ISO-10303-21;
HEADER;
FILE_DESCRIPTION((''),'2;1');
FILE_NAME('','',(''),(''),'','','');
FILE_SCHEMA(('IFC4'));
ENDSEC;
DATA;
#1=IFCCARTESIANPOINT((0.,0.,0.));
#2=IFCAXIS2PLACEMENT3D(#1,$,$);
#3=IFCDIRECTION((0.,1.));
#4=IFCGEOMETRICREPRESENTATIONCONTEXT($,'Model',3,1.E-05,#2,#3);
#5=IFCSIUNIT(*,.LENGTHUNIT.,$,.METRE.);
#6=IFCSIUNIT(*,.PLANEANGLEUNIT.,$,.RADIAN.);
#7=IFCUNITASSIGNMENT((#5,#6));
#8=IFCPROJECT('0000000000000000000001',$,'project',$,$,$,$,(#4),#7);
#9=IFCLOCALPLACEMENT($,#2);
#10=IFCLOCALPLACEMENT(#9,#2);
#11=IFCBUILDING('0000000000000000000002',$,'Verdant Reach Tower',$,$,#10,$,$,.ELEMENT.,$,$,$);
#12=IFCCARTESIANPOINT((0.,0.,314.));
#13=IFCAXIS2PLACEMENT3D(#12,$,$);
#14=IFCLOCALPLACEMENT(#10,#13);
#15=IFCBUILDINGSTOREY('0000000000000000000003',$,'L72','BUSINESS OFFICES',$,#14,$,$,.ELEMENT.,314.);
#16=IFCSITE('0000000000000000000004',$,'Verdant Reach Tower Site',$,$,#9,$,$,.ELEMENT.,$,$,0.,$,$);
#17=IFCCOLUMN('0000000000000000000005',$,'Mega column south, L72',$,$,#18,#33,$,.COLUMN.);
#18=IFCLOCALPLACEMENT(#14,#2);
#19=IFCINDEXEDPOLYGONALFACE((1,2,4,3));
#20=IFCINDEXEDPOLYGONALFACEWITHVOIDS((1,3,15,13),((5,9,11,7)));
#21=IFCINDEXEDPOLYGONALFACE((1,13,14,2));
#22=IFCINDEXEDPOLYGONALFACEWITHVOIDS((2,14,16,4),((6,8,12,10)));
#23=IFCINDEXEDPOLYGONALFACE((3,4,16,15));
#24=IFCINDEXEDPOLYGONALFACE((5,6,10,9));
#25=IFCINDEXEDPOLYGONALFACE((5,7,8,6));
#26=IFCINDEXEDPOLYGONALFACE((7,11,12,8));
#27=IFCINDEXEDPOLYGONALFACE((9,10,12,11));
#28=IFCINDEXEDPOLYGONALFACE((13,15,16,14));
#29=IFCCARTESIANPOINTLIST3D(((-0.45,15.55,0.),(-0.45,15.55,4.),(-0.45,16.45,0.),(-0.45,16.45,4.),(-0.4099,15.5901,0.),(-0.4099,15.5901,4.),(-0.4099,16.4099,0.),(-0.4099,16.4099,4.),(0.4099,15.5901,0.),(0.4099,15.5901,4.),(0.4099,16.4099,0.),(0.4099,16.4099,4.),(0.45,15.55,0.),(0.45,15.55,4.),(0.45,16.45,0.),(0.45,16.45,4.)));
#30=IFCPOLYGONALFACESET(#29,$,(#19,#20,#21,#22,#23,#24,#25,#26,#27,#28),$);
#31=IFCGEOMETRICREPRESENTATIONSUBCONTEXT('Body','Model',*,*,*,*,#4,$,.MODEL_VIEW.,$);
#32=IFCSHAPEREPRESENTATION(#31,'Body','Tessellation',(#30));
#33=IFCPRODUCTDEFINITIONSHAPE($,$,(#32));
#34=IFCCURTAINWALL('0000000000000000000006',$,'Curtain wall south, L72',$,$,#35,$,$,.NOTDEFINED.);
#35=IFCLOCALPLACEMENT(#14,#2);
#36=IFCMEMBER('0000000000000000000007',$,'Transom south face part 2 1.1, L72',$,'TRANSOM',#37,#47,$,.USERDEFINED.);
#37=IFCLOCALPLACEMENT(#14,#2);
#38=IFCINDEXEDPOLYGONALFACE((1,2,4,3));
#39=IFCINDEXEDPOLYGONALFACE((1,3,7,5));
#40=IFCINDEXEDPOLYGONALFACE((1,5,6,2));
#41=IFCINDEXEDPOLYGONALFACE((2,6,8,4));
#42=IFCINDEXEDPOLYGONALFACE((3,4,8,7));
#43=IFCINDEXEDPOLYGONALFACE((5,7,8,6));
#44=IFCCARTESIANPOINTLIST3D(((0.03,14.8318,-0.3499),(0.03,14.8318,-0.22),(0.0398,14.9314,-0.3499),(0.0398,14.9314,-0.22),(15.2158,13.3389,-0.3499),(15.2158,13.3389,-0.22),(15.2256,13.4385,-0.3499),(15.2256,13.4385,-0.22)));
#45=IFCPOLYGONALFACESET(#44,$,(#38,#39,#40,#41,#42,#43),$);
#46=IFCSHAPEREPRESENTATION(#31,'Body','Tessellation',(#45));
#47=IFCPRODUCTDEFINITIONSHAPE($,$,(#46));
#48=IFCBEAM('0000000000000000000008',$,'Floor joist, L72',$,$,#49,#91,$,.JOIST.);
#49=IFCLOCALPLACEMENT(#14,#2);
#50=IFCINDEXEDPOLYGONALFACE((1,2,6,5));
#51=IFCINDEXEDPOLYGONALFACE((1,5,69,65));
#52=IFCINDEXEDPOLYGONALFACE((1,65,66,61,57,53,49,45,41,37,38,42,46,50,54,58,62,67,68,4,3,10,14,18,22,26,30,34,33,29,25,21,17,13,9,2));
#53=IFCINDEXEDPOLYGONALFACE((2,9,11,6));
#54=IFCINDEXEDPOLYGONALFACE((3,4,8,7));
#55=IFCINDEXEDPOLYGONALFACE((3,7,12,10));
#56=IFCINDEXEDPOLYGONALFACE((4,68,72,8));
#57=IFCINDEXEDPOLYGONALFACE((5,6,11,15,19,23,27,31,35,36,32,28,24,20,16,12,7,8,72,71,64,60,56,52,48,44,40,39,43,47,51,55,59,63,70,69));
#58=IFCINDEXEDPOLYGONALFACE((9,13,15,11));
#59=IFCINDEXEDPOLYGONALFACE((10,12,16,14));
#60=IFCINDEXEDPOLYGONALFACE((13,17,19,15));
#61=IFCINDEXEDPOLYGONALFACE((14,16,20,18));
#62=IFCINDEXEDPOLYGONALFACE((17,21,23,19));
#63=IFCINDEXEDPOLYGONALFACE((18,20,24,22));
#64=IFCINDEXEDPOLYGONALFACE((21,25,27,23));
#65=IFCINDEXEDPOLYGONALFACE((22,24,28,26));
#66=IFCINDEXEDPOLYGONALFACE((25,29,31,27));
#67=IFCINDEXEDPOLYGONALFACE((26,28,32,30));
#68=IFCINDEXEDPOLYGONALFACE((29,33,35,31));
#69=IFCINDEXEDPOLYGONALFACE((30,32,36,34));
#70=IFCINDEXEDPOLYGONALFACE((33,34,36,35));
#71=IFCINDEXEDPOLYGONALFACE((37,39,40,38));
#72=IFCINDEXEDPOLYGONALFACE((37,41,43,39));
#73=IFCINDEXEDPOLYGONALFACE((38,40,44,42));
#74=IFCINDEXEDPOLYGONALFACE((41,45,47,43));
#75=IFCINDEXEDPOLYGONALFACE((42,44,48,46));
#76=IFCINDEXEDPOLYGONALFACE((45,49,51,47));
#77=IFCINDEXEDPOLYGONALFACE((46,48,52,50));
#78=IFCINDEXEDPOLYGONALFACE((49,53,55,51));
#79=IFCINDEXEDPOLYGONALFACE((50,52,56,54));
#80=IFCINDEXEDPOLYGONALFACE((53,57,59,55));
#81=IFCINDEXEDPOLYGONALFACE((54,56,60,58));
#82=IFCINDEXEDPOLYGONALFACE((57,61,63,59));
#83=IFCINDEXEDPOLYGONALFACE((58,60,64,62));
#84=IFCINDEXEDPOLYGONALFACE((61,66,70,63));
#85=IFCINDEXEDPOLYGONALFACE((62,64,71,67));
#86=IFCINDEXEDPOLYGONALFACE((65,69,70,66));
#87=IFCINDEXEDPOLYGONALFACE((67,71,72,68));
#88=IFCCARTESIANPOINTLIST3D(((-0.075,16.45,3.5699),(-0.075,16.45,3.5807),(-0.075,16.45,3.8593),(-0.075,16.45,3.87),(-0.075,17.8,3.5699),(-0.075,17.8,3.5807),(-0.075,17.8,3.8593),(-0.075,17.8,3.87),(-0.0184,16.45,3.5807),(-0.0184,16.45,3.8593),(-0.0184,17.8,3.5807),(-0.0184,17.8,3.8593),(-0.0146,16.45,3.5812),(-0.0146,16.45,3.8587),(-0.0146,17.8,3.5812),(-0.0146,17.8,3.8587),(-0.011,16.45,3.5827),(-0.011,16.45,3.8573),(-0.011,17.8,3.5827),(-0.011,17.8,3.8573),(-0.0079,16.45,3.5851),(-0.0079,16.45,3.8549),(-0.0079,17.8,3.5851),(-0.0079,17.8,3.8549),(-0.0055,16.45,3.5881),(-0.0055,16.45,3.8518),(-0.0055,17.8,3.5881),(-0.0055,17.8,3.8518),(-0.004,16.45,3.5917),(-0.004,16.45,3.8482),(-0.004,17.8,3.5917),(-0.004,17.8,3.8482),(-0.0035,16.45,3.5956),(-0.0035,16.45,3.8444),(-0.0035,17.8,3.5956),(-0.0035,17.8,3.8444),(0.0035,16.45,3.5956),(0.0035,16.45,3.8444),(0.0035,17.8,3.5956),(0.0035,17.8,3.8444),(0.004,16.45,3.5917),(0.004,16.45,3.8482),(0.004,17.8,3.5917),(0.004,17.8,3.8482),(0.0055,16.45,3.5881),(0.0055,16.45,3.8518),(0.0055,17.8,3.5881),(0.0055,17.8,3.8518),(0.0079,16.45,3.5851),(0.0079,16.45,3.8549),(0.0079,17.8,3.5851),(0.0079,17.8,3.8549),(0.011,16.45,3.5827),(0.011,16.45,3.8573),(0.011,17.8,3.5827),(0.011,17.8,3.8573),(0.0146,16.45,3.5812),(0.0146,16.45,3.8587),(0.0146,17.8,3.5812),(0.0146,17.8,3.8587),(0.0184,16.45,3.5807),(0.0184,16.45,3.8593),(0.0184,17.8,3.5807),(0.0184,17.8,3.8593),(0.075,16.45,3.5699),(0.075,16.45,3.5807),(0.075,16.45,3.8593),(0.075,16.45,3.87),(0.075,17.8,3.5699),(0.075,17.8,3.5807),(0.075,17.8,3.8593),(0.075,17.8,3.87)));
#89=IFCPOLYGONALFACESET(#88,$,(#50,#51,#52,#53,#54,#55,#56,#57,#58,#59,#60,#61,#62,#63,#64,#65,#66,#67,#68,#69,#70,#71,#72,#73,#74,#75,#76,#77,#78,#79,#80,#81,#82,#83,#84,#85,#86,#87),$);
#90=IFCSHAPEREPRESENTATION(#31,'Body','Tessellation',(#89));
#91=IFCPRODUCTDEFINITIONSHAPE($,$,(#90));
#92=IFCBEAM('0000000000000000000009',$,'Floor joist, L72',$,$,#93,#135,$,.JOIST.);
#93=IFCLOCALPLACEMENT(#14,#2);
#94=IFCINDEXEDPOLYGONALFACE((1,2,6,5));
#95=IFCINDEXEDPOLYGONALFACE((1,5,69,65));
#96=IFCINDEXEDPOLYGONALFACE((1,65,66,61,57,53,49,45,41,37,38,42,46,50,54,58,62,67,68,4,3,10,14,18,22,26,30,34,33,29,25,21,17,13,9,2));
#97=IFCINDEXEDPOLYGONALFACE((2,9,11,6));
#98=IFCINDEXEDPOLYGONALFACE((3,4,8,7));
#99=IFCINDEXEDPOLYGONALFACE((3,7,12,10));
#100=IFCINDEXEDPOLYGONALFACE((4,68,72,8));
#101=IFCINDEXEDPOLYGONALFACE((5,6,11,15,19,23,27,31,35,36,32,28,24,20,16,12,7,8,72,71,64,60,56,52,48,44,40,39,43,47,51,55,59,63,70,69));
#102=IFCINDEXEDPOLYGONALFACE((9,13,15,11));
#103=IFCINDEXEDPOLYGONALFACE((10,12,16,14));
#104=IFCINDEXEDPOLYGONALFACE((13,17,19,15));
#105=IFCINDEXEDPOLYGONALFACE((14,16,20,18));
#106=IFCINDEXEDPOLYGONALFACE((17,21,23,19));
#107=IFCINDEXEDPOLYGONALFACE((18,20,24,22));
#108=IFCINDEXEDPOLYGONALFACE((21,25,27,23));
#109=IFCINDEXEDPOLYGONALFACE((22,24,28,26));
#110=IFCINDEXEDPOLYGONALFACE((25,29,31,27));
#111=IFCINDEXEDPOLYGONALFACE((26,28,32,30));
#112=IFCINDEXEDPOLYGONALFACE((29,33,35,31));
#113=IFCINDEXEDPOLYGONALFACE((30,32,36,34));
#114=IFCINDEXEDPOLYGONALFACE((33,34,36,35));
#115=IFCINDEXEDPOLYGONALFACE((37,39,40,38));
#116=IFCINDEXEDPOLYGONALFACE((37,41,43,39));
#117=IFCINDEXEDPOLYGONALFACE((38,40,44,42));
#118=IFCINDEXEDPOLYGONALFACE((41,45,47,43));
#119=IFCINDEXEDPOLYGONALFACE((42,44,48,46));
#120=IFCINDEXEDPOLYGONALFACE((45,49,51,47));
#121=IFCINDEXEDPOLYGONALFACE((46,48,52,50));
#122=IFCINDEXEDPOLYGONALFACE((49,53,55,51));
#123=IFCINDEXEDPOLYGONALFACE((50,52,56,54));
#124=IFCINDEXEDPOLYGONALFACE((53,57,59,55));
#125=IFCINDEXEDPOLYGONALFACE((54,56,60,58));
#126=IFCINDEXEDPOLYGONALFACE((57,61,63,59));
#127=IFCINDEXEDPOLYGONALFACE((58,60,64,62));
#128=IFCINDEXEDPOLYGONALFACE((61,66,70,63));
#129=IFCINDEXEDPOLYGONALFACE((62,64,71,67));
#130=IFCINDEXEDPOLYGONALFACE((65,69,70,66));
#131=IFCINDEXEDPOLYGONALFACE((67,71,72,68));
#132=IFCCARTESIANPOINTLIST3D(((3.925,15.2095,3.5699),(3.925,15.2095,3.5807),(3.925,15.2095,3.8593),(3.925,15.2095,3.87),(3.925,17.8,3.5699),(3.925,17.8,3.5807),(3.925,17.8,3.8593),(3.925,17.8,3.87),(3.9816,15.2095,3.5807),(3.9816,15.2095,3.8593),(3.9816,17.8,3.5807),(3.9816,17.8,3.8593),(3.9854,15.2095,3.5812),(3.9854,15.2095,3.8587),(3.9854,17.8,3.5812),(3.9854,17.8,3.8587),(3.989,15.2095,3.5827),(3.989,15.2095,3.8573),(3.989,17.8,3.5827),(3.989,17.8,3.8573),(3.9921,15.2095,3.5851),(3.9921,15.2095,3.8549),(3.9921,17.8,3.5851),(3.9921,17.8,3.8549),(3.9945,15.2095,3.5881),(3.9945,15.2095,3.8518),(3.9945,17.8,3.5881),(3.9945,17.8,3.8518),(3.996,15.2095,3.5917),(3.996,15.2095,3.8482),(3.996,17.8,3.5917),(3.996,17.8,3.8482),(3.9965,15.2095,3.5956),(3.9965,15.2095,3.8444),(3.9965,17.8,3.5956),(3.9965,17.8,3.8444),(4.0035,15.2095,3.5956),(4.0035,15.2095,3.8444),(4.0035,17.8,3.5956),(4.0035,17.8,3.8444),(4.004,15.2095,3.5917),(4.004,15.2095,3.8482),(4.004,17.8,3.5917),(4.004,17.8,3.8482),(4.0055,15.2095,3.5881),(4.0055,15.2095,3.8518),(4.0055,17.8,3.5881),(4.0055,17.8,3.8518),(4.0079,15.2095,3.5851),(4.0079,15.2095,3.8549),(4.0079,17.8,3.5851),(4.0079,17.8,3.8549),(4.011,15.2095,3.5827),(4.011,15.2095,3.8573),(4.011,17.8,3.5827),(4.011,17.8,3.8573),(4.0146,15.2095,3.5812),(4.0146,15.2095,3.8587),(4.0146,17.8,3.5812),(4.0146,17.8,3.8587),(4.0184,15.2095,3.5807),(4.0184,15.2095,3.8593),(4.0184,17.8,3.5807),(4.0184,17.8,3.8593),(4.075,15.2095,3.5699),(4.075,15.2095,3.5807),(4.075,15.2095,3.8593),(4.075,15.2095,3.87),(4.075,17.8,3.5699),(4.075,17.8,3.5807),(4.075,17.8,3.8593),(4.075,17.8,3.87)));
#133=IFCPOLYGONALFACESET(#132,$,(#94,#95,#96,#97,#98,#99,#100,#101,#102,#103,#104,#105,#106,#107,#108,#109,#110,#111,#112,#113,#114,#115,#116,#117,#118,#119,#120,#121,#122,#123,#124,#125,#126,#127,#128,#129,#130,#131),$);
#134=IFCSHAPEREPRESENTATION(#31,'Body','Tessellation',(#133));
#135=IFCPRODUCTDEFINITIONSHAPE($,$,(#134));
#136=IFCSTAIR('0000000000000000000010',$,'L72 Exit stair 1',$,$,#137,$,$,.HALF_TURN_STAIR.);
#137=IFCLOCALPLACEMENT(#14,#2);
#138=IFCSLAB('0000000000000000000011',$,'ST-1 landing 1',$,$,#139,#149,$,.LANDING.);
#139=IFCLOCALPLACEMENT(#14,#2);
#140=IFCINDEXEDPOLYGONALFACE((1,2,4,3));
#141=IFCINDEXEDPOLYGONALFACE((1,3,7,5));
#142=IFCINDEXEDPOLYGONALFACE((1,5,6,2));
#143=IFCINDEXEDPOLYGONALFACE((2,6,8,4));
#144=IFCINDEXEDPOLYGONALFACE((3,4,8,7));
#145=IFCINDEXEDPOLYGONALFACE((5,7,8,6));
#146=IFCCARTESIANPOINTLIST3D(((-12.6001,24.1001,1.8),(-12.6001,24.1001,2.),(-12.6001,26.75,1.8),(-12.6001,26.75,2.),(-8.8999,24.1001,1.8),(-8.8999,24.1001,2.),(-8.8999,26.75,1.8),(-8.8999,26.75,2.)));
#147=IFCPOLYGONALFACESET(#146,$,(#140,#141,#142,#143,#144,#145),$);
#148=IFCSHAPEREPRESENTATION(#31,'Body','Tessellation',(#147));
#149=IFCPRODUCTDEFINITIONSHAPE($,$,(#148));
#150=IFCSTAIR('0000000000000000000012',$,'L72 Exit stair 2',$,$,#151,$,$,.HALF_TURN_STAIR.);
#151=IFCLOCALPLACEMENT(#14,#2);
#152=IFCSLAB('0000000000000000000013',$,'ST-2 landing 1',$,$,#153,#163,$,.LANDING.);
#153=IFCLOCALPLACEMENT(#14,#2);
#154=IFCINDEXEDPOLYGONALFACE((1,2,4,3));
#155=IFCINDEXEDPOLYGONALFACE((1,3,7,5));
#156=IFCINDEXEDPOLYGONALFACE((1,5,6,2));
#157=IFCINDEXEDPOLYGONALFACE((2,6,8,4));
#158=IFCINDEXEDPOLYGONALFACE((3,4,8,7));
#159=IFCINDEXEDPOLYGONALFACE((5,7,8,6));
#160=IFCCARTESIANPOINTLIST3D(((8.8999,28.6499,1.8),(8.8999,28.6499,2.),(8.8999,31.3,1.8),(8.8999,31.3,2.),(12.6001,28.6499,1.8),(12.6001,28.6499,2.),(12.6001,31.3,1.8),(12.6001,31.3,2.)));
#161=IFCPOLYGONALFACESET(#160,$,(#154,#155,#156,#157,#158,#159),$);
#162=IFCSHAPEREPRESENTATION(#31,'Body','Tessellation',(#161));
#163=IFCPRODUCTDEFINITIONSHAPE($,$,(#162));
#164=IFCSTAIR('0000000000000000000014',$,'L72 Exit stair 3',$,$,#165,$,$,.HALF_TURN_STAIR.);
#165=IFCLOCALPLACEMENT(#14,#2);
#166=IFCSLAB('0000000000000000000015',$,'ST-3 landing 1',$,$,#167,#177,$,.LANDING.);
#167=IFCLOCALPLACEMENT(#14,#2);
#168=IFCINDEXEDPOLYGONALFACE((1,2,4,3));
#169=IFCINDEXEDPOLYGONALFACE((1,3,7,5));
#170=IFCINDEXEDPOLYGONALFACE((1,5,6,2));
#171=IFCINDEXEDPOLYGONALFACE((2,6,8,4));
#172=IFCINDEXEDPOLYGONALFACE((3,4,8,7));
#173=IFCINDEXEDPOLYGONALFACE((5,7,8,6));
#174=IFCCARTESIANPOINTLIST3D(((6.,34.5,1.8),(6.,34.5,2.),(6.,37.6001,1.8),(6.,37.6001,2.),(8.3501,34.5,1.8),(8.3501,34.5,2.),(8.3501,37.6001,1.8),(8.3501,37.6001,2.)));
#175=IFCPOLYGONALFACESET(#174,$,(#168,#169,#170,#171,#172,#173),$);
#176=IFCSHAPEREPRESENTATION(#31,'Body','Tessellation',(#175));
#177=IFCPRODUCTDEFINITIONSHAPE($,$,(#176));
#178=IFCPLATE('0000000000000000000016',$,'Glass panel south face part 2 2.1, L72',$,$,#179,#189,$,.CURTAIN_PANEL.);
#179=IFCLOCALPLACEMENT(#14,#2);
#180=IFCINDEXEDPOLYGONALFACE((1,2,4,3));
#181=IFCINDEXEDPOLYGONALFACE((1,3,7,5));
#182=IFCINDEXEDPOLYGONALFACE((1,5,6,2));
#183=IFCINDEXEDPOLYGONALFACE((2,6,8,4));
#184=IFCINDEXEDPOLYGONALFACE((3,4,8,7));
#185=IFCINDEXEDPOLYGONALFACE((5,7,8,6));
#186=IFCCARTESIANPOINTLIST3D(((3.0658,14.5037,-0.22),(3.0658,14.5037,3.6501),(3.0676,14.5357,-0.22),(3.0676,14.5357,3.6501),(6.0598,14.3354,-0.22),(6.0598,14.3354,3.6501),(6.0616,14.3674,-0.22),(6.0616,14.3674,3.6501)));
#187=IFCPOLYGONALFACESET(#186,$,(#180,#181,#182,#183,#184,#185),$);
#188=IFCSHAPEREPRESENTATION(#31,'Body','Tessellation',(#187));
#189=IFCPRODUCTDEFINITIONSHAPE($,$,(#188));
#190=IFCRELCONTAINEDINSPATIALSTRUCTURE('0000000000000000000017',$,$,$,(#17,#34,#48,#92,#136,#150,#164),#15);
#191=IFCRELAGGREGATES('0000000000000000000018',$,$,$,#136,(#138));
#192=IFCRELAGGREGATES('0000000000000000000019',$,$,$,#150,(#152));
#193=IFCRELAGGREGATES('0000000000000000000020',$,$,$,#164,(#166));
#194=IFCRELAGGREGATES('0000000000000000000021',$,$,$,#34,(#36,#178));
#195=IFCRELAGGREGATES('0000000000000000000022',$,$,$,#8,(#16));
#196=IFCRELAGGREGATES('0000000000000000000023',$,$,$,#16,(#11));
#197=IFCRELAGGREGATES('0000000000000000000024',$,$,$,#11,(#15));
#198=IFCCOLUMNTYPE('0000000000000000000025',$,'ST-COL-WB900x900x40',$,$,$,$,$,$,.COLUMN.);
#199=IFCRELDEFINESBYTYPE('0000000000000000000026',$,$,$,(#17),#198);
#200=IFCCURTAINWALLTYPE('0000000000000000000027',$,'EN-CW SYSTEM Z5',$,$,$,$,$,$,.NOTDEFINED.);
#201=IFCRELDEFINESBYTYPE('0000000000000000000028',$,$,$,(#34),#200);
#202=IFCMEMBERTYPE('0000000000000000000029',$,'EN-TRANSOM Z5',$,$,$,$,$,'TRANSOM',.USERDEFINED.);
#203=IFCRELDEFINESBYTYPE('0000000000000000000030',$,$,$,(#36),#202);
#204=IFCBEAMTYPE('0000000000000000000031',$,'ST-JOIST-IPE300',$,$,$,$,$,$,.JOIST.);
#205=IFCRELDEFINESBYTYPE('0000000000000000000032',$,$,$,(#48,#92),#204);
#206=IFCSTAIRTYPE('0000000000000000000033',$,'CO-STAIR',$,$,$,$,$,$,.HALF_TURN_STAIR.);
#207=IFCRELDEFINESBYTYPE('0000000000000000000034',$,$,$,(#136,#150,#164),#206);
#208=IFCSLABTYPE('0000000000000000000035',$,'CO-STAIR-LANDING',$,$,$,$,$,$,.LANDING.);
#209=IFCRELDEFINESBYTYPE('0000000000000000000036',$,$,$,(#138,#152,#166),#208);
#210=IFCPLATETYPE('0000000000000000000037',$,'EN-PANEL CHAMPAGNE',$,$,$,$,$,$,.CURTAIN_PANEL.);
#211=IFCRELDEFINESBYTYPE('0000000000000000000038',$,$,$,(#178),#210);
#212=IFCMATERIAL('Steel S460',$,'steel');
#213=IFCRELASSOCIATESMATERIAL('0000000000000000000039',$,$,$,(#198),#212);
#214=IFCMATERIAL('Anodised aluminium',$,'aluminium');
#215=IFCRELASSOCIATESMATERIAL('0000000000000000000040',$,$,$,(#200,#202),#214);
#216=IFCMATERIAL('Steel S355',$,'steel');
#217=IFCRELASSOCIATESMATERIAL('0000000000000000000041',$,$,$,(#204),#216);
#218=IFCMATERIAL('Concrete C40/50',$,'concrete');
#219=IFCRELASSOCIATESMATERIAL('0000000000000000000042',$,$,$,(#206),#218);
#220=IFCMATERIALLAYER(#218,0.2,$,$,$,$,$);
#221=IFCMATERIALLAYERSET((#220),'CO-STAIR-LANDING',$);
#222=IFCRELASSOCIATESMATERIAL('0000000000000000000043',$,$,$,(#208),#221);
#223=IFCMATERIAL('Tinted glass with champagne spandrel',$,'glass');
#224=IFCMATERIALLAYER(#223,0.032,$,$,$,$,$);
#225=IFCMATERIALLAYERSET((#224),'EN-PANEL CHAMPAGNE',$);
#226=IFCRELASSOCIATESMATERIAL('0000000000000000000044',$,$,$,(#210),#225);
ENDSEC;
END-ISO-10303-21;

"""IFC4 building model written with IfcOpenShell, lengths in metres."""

from ifc_helpers import new_model, si_unit, direction, frame, origin, origin_2d, place, context, subcontext, project, spatial, polyline, rectangle, hollow_rectangle, i_section, outline, extrude, material, layer, layer_set, material_profile, profile_set, type_object, element, aggregate, save


model = new_model("IFC4")

# Units and contexts
model_context = context("Model", 3, precision=1e-05, world=origin(), true_north=direction((0.0, 1.0)))
body_context = subcontext(model_context, "Body", "Model", "MODEL_VIEW")
ifc_project = project(units=[si_unit("LENGTHUNIT", "METRE"), si_unit("PLANEANGLEUNIT", "RADIAN")], contexts=[model_context])

# Site, building, storey
site_placement = place(None, origin())
site = spatial("IfcSite", under=ifc_project, at=site_placement, Name="Verdant Reach Tower Site", CompositionType="ELEMENT", RefElevation=0.0)
building_placement = place(site_placement, origin())
building = spatial("IfcBuilding", under=site, at=building_placement, Name="Verdant Reach Tower", CompositionType="ELEMENT")
storey_placement = place(building_placement, frame((0.0, 0.0, 314.0)))
storey = spatial("IfcBuildingStorey", under=building, at=storey_placement, Name="L72", Description="BUSINESS OFFICES", CompositionType="ELEMENT", Elevation=314.0)

# Column
ifc_material_1 = material(Name="Steel S460", Category="steel")
ifc_material_profile_1 = material_profile(ifc_material_1, hollow_rectangle(XDim=0.8999, YDim=0.8999, WallThickness=0.04, at=origin_2d()), Name="WB 900x900x40")
ifc_profile_set_1 = profile_set([ifc_material_profile_1], Name="Steel S460")
column_type = type_object("IfcColumnType", Name="ST-COL-WB900x900x40", PredefinedType="COLUMN", material=ifc_profile_set_1)
column_placement = place(storey_placement, frame((0.0, 16.0, 0.0), z_axis=(0.0, 0.0, 1.0), x_axis=(1.0, 0.0, 0.0)))
element("IfcColumn", 1, at=column_placement, inside=storey, type_object=column_type, Name="Mega column south, L72", PredefinedType="COLUMN", context=body_context, shape_type="SweptSolid", body=[
    extrude(hollow_rectangle(XDim=0.8999, YDim=0.8999, WallThickness=0.04, at=origin_2d()), origin(), (0.0, 0.0, 1.0), 4.0),
])

# Curtain wall, member
ifc_material_2 = material(Name="Anodised aluminium", Category="aluminium")
curtain_wall_type = type_object("IfcCurtainWallType", Name="EN-CW SYSTEM Z5", PredefinedType="NOTDEFINED", material=ifc_material_2)
curtain_wall_placement = place(storey_placement, origin())
curtain_wall = element("IfcCurtainWall", 2, at=curtain_wall_placement, inside=storey, type_object=curtain_wall_type, Name="Curtain wall south, L72", PredefinedType="NOTDEFINED")
ifc_material_profile_2 = material_profile(ifc_material_2, rectangle(XDim=0.1001, YDim=0.1299, at=origin_2d()), Name="Transom 130x100")
ifc_profile_set_2 = profile_set([ifc_material_profile_2], Name="Anodised aluminium")
member_type = type_object("IfcMemberType", Name="EN-TRANSOM Z5", ElementType="TRANSOM", PredefinedType="USERDEFINED", material=ifc_profile_set_2)
member_placement = place(storey_placement, frame((0.0349, 14.8816, -0.2849), z_axis=(0.995202, -0.097839, 0.0), x_axis=(0.097839, 0.995202, 0.0)))
member = element("IfcMember", 3, at=member_placement, type_object=member_type, Name="Transom south face part 2 1.1, L72", ObjectType="TRANSOM", PredefinedType="USERDEFINED", context=body_context, shape_type="SweptSolid", body=[
    extrude(rectangle(XDim=0.1001, YDim=0.1299, at=origin_2d()), origin(), (0.0, 0.0, 1.0), 15.259),
])

# Beams
ifc_material_3 = material(Name="Steel S355", Category="steel")
ifc_material_profile_3 = material_profile(ifc_material_3, i_section(OverallWidth=0.1499, OverallDepth=0.3, WebThickness=0.0071, FlangeThickness=0.0107, FilletRadius=0.0149, at=origin_2d()), Name="IPE 300")
ifc_profile_set_3 = profile_set([ifc_material_profile_3], Name="Steel S355")
beam_type = type_object("IfcBeamType", Name="ST-JOIST-IPE300", PredefinedType="JOIST", material=ifc_profile_set_3)
beam_1_placement = place(storey_placement, frame((0.0, 17.8, 3.72), z_axis=(0.0, -1.0, 0.0), x_axis=(1.0, 0.0, 0.0)))
element("IfcBeam", 4, at=beam_1_placement, inside=storey, type_object=beam_type, Name="Floor joist, L72", PredefinedType="JOIST", context=body_context, shape_type="SweptSolid", body=[
    extrude(i_section(OverallWidth=0.1499, OverallDepth=0.3, WebThickness=0.0071, FlangeThickness=0.0107, FilletRadius=0.0149, at=origin_2d()), origin(), (0.0, 0.0, 1.0), 1.3501),
])
beam_2_placement = place(storey_placement, frame((4.0, 17.8, 3.72), z_axis=(0.0, -1.0, 0.0), x_axis=(1.0, 0.0, 0.0)))
element("IfcBeam", 5, at=beam_2_placement, inside=storey, type_object=beam_type, Name="Floor joist, L72", PredefinedType="JOIST", context=body_context, shape_type="SweptSolid", body=[
    extrude(i_section(OverallWidth=0.1499, OverallDepth=0.3, WebThickness=0.0071, FlangeThickness=0.0107, FilletRadius=0.0149, at=origin_2d()), origin(), (0.0, 0.0, 1.0), 2.5906),
])

# Stairs, slabs
ifc_material_4 = material(Name="Concrete C40/50", Category="concrete")
stair_type = type_object("IfcStairType", Name="CO-STAIR", PredefinedType="HALF_TURN_STAIR", material=ifc_material_4)
stair_1_placement = place(storey_placement, origin())
stair_1 = element("IfcStair", 6, at=stair_1_placement, inside=storey, type_object=stair_type, Name="L72 Exit stair 1", PredefinedType="HALF_TURN_STAIR")
ifc_layer_1 = layer(ifc_material_4, 0.2)
ifc_layer_set_1 = layer_set([ifc_layer_1], Name="CO-STAIR-LANDING")
slab_type = type_object("IfcSlabType", Name="CO-STAIR-LANDING", PredefinedType="LANDING", material=ifc_layer_set_1)
slab_1_placement = place(storey_placement, frame((0.0, 0.0, 1.8)))
slab_1 = element("IfcSlab", 7, at=slab_1_placement, type_object=slab_type, Name="ST-1 landing 1", PredefinedType="LANDING", context=body_context, shape_type="SweptSolid", body=[
    extrude(outline(polyline([(-12.6001, 26.75), (-12.6001, 24.1001), (-8.8999, 24.1001), (-8.8999, 26.75), (-12.6001, 26.75)])), origin(), (0.0, 0.0, 1.0), 0.2),
])
aggregate(stair_1, [slab_1])
stair_2_placement = place(storey_placement, origin())
stair_2 = element("IfcStair", 8, at=stair_2_placement, inside=storey, type_object=stair_type, Name="L72 Exit stair 2", PredefinedType="HALF_TURN_STAIR")
slab_2_placement = place(storey_placement, frame((0.0, 0.0, 1.8)))
slab_2 = element("IfcSlab", 9, at=slab_2_placement, type_object=slab_type, Name="ST-2 landing 1", PredefinedType="LANDING", context=body_context, shape_type="SweptSolid", body=[
    extrude(outline(polyline([(12.6001, 28.6499), (12.6001, 31.3), (8.8999, 31.3), (8.8999, 28.6499), (12.6001, 28.6499)])), origin(), (0.0, 0.0, 1.0), 0.2),
])
aggregate(stair_2, [slab_2])
stair_3_placement = place(storey_placement, origin())
stair_3 = element("IfcStair", 10, at=stair_3_placement, inside=storey, type_object=stair_type, Name="L72 Exit stair 3", PredefinedType="HALF_TURN_STAIR")
slab_3_placement = place(storey_placement, frame((0.0, 0.0, 1.8)))
slab_3 = element("IfcSlab", 11, at=slab_3_placement, type_object=slab_type, Name="ST-3 landing 1", PredefinedType="LANDING", context=body_context, shape_type="SweptSolid", body=[
    extrude(outline(polyline([(8.3501, 37.6001), (6.0, 37.6001), (6.0, 34.5), (8.3501, 34.5), (8.3501, 37.6001)])), origin(), (0.0, 0.0, 1.0), 0.2),
])
aggregate(stair_3, [slab_3])

# Plate
ifc_material_5 = material(Name="Tinted glass with champagne spandrel", Category="glass")
ifc_layer_2 = layer(ifc_material_5, 0.032)
ifc_layer_set_2 = layer_set([ifc_layer_2], Name="EN-PANEL CHAMPAGNE")
plate_type_1 = type_object("IfcPlateType", Name="EN-PANEL CHAMPAGNE", PredefinedType="CURTAIN_PANEL", material=ifc_layer_set_2)
plate_1_placement = place(storey_placement, frame((4.5637, 14.4355, -0.22), z_axis=(0.0, 0.0, 1.0), x_axis=(0.998424, -0.056128, 0.0)))
plate_1 = element("IfcPlate", 12, at=plate_1_placement, type_object=plate_type_1, Name="Glass panel south face part 2 2.1, L72", PredefinedType="CURTAIN_PANEL", context=body_context, shape_type="SweptSolid", body=[
    extrude(rectangle(XDim=2.9988, YDim=0.032, at=origin_2d()), origin(), (0.0, 0.0, 1.0), 3.8701),
])
aggregate(curtain_wall, [member, plate_1])

save(model, "model.ifc")
